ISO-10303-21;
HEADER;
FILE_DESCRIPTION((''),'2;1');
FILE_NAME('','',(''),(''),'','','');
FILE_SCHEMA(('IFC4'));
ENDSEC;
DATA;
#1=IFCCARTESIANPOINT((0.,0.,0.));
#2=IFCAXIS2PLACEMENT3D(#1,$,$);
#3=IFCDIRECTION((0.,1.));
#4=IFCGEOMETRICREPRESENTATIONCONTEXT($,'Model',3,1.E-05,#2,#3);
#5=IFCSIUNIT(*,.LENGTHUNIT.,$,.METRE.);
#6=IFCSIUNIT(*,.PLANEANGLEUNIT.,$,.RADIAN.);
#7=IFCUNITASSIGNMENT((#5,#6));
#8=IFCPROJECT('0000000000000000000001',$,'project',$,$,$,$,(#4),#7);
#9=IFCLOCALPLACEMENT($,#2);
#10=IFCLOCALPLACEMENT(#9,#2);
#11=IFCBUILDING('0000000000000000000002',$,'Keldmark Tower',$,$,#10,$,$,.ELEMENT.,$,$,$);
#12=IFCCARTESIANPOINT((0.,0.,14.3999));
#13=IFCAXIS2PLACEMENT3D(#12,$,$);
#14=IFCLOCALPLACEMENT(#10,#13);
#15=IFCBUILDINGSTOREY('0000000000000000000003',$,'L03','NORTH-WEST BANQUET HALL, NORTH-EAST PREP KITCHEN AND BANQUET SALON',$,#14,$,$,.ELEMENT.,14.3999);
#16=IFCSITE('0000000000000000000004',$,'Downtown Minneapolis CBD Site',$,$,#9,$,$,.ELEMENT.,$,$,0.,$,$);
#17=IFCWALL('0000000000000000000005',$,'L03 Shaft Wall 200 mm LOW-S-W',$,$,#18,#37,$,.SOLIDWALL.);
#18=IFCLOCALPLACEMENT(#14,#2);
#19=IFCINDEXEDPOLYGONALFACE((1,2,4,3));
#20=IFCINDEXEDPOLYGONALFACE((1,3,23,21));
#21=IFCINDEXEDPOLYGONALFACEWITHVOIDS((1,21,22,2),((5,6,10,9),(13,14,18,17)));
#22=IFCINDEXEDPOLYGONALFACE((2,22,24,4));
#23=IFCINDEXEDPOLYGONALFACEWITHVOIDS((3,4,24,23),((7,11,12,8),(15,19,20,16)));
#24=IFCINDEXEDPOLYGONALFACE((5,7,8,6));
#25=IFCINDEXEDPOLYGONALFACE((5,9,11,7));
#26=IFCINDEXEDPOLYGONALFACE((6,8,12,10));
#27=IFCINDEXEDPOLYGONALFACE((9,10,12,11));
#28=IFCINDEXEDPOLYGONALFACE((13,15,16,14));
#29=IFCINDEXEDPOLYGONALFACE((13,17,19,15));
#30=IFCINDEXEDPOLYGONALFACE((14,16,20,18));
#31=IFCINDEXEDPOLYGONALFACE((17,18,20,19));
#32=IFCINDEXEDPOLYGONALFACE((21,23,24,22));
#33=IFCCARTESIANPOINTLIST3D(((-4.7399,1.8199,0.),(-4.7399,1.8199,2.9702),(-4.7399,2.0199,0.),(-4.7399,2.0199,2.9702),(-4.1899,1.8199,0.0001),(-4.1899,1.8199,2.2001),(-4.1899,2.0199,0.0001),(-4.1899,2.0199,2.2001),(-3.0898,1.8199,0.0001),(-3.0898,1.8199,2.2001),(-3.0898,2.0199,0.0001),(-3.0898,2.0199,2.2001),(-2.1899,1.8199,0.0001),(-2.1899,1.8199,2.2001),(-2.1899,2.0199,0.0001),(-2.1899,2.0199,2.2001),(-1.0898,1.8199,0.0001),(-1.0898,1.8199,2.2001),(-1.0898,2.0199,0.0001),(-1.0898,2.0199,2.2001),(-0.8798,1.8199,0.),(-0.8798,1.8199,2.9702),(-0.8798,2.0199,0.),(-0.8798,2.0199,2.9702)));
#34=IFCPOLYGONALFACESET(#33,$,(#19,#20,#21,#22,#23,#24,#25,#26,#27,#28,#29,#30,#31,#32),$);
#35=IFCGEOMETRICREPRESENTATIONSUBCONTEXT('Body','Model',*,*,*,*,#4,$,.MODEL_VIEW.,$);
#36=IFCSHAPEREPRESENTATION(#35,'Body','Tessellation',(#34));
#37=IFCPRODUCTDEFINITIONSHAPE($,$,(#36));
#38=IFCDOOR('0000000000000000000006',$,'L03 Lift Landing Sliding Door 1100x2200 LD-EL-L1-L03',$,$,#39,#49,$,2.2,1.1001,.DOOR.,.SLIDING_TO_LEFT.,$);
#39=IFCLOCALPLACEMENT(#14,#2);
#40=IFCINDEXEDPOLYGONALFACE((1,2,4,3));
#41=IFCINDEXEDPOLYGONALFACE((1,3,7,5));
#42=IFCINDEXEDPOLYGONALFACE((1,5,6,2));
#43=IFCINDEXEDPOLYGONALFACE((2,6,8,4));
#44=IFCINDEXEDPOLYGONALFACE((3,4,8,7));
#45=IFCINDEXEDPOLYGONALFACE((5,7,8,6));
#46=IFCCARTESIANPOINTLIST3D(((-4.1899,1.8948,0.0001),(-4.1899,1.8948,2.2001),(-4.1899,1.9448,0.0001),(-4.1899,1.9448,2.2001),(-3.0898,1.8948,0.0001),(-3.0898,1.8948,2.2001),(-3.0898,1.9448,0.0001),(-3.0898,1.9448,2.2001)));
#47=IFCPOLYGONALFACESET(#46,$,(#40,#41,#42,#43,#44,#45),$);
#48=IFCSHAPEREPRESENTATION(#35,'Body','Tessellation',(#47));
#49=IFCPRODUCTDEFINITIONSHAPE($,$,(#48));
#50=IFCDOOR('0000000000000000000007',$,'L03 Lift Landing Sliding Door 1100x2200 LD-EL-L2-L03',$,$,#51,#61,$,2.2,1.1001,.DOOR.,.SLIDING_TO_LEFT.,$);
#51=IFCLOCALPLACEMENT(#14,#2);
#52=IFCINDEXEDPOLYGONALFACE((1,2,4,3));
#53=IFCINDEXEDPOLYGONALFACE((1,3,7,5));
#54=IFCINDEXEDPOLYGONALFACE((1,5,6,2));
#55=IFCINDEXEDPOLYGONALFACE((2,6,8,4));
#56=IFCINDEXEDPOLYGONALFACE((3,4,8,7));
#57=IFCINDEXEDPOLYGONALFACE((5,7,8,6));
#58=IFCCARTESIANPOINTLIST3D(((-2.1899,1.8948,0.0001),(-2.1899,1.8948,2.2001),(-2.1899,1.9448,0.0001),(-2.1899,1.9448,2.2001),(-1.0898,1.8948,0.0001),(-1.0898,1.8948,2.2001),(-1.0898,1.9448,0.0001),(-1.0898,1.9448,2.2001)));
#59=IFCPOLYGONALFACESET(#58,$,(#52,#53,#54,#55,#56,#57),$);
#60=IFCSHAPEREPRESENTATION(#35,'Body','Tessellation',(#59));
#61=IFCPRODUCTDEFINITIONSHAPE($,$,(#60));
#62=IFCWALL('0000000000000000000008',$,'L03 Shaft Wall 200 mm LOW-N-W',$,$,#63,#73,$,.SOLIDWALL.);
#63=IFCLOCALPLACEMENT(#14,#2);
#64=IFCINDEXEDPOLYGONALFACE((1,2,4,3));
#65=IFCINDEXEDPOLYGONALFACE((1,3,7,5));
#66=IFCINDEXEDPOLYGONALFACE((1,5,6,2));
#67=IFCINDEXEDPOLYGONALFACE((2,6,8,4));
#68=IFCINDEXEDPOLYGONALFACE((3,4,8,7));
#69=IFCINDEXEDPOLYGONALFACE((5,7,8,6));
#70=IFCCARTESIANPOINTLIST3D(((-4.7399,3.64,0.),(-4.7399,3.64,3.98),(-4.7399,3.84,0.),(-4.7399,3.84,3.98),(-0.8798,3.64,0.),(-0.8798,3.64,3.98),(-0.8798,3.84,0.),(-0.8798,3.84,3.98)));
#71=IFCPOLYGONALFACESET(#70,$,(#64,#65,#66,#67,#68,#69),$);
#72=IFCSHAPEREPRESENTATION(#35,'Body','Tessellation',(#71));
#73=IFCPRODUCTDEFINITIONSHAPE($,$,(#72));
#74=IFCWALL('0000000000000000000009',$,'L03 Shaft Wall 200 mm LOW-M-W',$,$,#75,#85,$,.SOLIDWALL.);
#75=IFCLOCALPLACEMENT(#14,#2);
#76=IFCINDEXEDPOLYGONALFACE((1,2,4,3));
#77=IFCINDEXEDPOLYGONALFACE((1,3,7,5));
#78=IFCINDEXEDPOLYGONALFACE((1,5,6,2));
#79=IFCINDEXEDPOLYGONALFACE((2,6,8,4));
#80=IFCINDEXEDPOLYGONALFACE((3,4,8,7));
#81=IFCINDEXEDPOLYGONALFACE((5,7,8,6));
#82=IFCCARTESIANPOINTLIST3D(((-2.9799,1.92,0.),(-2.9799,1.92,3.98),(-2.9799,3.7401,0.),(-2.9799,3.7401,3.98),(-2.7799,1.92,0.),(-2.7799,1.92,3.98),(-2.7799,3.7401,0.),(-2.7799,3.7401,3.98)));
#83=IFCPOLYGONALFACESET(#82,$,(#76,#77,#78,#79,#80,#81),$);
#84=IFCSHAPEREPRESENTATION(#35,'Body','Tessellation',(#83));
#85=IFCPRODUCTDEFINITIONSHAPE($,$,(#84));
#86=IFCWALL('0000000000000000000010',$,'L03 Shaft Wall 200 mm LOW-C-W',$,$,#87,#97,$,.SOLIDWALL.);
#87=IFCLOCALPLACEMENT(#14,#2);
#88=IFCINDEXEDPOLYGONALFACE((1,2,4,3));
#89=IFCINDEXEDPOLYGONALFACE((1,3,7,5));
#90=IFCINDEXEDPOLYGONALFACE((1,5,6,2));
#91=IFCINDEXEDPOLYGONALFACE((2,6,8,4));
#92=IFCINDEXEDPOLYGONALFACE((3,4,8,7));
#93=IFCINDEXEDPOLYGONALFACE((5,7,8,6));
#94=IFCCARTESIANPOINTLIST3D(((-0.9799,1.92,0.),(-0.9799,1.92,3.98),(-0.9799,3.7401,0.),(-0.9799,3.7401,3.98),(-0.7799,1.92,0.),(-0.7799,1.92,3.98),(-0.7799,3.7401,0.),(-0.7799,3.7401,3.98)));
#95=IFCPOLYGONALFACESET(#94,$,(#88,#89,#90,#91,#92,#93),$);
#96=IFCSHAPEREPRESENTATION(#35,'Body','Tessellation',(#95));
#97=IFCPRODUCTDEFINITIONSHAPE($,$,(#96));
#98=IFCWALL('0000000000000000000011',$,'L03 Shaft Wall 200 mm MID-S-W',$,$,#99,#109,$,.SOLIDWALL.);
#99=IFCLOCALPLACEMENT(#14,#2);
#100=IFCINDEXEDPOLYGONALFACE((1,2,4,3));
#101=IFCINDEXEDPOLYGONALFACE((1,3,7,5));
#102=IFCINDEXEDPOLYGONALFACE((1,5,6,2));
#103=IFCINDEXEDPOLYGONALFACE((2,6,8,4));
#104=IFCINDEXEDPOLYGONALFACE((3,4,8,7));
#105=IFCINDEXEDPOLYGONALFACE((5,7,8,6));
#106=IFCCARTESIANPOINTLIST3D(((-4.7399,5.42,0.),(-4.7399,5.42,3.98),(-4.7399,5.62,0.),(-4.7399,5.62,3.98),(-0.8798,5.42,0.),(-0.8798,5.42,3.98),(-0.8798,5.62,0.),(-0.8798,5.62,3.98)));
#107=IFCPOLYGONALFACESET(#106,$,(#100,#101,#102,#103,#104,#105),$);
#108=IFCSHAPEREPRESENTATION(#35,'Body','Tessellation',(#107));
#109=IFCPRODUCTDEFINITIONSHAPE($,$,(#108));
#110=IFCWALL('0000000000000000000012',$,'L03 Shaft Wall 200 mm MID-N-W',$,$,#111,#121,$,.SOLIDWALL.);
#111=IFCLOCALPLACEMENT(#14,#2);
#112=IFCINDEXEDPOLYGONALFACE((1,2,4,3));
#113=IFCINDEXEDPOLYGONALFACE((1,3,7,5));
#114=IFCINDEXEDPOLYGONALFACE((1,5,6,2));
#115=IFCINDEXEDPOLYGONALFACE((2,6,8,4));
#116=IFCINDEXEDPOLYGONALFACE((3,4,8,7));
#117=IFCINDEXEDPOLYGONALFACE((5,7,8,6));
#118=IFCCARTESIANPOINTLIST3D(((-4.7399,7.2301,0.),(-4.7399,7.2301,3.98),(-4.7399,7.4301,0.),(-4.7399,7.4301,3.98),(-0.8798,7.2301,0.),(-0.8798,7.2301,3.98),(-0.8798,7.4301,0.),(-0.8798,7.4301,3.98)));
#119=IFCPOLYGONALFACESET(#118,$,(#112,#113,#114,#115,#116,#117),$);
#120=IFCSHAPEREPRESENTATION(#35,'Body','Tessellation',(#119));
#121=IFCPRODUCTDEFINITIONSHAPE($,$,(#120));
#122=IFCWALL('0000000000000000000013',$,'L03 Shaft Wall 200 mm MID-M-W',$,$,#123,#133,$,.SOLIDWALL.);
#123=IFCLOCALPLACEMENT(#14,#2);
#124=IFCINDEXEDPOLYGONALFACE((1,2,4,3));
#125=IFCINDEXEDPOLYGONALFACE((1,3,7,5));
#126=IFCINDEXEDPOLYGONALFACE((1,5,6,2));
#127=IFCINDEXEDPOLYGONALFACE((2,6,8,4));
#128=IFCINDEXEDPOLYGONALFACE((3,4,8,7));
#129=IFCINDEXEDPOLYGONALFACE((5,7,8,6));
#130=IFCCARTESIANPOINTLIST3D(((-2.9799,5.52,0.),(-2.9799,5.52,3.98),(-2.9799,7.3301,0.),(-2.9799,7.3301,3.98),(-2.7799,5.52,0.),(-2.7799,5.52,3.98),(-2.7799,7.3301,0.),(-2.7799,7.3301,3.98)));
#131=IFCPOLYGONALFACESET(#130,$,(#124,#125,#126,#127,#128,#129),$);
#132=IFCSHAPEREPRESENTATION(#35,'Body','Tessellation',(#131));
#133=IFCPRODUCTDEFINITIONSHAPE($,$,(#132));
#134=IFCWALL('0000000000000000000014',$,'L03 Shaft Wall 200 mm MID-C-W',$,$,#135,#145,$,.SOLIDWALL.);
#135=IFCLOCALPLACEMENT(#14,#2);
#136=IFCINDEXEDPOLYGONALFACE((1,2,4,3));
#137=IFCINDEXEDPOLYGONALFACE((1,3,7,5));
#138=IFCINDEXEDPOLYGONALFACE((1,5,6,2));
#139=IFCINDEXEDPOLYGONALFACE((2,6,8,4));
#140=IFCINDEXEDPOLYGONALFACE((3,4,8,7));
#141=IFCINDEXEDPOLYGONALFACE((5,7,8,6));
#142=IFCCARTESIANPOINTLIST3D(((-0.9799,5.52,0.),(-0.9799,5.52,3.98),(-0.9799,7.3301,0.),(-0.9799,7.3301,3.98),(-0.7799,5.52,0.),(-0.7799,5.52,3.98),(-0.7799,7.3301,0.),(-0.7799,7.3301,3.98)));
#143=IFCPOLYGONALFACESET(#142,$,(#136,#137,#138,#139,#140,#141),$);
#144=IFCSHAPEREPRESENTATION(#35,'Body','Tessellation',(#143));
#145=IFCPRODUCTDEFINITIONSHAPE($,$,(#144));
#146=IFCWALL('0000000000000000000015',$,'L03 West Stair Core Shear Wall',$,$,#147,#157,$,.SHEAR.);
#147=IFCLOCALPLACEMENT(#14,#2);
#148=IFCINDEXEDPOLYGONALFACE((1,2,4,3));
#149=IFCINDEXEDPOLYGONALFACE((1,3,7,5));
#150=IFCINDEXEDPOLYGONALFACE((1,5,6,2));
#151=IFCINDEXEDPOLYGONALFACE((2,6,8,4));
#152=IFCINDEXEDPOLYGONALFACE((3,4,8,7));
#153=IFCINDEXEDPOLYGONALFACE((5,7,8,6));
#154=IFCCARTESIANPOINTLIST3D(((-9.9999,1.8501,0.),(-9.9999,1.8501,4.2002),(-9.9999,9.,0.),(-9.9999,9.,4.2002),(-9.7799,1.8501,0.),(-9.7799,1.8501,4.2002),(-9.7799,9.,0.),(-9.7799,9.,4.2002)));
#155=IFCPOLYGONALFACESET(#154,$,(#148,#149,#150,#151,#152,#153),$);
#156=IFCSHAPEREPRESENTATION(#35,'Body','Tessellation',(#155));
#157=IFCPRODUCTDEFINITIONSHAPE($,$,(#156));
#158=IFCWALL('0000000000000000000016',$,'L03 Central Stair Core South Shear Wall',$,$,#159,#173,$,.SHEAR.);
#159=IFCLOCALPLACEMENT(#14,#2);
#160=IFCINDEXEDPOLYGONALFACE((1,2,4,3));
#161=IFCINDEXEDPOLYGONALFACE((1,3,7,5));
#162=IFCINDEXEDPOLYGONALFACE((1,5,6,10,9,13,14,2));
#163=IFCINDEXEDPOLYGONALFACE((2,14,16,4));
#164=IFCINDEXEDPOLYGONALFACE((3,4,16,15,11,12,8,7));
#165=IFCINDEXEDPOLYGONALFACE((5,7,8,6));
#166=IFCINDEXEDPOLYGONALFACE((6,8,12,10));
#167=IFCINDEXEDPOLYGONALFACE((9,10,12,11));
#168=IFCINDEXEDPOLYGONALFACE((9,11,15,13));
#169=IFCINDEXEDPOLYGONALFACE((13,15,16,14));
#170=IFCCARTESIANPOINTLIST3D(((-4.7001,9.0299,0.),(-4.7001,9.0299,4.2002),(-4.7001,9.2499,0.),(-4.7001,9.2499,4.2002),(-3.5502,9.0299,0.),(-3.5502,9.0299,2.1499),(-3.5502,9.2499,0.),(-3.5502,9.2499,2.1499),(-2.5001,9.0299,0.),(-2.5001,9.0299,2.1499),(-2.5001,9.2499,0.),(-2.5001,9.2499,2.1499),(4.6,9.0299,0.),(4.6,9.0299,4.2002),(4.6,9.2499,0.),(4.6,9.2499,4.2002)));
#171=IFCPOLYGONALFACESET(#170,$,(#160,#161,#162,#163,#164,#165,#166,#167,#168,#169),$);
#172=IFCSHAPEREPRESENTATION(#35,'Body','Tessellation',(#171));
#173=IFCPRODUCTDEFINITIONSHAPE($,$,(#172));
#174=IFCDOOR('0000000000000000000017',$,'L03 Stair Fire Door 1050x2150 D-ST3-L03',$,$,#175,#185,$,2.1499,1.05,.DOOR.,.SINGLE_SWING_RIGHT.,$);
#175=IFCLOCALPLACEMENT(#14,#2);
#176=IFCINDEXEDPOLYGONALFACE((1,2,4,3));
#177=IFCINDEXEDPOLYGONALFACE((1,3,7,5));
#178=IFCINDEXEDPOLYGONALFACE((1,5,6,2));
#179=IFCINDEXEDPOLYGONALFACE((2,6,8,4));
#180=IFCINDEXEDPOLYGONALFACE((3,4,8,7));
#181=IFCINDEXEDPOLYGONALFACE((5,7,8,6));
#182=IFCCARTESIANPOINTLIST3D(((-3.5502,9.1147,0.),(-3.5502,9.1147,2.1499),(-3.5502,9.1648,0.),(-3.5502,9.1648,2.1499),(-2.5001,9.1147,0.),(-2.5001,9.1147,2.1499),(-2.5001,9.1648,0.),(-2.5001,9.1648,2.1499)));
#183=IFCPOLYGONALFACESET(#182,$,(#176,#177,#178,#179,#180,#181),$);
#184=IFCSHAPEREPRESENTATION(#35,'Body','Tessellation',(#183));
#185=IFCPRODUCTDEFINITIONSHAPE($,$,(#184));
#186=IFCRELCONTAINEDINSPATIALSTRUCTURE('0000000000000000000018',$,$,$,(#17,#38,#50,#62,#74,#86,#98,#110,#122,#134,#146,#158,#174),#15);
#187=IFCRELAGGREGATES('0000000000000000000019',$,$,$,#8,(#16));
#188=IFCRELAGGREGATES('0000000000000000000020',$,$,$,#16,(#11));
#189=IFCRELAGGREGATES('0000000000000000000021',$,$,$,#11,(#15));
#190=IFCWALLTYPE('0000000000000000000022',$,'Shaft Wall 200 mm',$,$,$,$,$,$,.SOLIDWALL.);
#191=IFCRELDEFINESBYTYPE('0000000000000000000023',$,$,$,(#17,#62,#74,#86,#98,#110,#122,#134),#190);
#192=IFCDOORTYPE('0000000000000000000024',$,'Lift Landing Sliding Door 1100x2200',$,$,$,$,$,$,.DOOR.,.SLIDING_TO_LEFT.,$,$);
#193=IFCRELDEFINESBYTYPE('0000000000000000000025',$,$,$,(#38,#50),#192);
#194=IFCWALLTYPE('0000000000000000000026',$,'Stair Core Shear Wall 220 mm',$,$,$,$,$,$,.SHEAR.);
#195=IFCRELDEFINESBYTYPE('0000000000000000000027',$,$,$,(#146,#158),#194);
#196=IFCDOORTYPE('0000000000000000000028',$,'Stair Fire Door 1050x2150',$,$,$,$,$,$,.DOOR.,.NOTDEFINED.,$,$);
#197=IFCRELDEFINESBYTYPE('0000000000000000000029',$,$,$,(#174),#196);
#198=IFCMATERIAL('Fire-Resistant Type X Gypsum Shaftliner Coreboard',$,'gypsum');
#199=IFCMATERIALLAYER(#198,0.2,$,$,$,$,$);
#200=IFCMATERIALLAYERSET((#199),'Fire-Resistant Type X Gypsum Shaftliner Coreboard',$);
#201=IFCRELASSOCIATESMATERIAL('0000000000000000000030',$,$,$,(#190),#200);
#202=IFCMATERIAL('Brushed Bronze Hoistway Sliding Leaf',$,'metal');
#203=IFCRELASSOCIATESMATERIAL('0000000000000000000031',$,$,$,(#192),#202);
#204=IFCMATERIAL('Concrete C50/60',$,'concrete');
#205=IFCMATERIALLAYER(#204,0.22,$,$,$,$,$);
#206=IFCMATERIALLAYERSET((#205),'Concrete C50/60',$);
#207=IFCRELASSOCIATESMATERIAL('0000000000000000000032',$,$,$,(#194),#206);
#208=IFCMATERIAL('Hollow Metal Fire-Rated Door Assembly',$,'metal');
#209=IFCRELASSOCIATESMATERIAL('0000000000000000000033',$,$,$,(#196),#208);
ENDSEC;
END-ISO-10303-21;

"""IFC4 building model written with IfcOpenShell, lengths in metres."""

from ifc_helpers import new_model, si_unit, direction, frame, frame_2d, origin, place, context, subcontext, project, spatial, rectangle, extrude, material, layer, layer_set, type_object, element, fill, save


model = new_model("IFC4")

# Units and contexts
model_context = context("Model", 3, precision=1e-05, world=origin(), true_north=direction((0.0, 1.0)))
body_context = subcontext(model_context, "Body", "Model", "MODEL_VIEW")
ifc_project = project(units=[si_unit("LENGTHUNIT", "METRE"), si_unit("PLANEANGLEUNIT", "RADIAN")], contexts=[model_context])

# Site, building, storey
site_placement = place(None, origin())
site = spatial("IfcSite", under=ifc_project, at=site_placement, Name="Downtown Minneapolis CBD Site", CompositionType="ELEMENT", RefElevation=0.0)
building_placement = place(site_placement, origin())
building = spatial("IfcBuilding", under=site, at=building_placement, Name="Keldmark Tower", CompositionType="ELEMENT")
storey_placement = place(building_placement, frame((0.0, 0.0, 14.3999)))
storey = spatial("IfcBuildingStorey", under=building, at=storey_placement, Name="L03", Description="NORTH-WEST BANQUET HALL, NORTH-EAST PREP KITCHEN AND BANQUET SALON", CompositionType="ELEMENT", Elevation=14.3999)

# Shared definitions
ifc_material_1 = material(Name="Fire-Resistant Type X Gypsum Shaftliner Coreboard", Category="gypsum")
ifc_layer_1 = layer(ifc_material_1, 0.2)
ifc_layer_set_1 = layer_set([ifc_layer_1], Name="Fire-Resistant Type X Gypsum Shaftliner Coreboard")
wall_type_1 = type_object("IfcWallType", Name="Shaft Wall 200 mm", PredefinedType="SOLIDWALL", material=ifc_layer_set_1)

# Wall, openings, doors
wall_1_placement = place(storey_placement, frame((-4.74, 1.9199, 0.0), z_axis=(0.0, 0.0, 1.0), x_axis=(1.0, 0.0, 0.0)))
wall_1 = element("IfcWall", 1, at=wall_1_placement, inside=storey, type_object=wall_type_1, Name="L03 Shaft Wall 200 mm LOW-S-W", PredefinedType="SOLIDWALL", context=body_context, shape_type="SweptSolid", body=[
    extrude(rectangle(XDim=3.8601, YDim=0.2, at=frame_2d((1.9302, 0.0))), origin(), (0.0, 0.0, 1.0), 2.9702),
])
opening_1_placement = place(wall_1_placement, frame((0.55, 0.0, 0.0)))
opening_1 = element("IfcOpeningElement", 2, at=opening_1_placement, cuts=wall_1, PredefinedType="OPENING", context=body_context, shape_type="SweptSolid", body=[
    extrude(rectangle(XDim=1.1001, YDim=2.2, at=frame_2d((0.55, 1.1001))), frame((0.0, 0.1099, 0.0), z_axis=(0.0, -1.0, 0.0), x_axis=(1.0, 0.0, 0.0)), (0.0, 0.0, 1.0), 0.22),
])
opening_2_placement = place(wall_1_placement, frame((2.55, 0.0, 0.0)))
opening_2 = element("IfcOpeningElement", 3, at=opening_2_placement, cuts=wall_1, PredefinedType="OPENING", context=body_context, shape_type="SweptSolid", body=[
    extrude(rectangle(XDim=1.1001, YDim=2.2, at=frame_2d((0.55, 1.1001))), frame((0.0, 0.1099, 0.0), z_axis=(0.0, -1.0, 0.0), x_axis=(1.0, 0.0, 0.0)), (0.0, 0.0, 1.0), 0.22),
])
ifc_material_2 = material(Name="Brushed Bronze Hoistway Sliding Leaf", Category="metal")
door_type_1 = type_object("IfcDoorType", Name="Lift Landing Sliding Door 1100x2200", OperationType="SLIDING_TO_LEFT", PredefinedType="DOOR", material=ifc_material_2)
door_1_placement = place(opening_1_placement, origin())
door_1 = element("IfcDoor", 4, at=door_1_placement, inside=storey, type_object=door_type_1, Name="L03 Lift Landing Sliding Door 1100x2200 LD-EL-L1-L03", OperationType="SLIDING_TO_LEFT", OverallHeight=2.2, OverallWidth=1.1001, PredefinedType="DOOR", context=body_context, shape_type="SweptSolid", body=[
    extrude(rectangle(XDim=1.1001, YDim=2.2, at=frame_2d((0.55, 1.1001))), frame((0.0, 0.0249, 0.0), z_axis=(0.0, -1.0, 0.0), x_axis=(1.0, 0.0, 0.0)), (0.0, 0.0, 1.0), 0.05),
])
fill(opening_1, door_1)
door_2_placement = place(opening_2_placement, origin())
door_2 = element("IfcDoor", 5, at=door_2_placement, inside=storey, type_object=door_type_1, Name="L03 Lift Landing Sliding Door 1100x2200 LD-EL-L2-L03", OperationType="SLIDING_TO_LEFT", OverallHeight=2.2, OverallWidth=1.1001, PredefinedType="DOOR", context=body_context, shape_type="SweptSolid", body=[
    extrude(rectangle(XDim=1.1001, YDim=2.2, at=frame_2d((0.55, 1.1001))), frame((0.0, 0.0249, 0.0), z_axis=(0.0, -1.0, 0.0), x_axis=(1.0, 0.0, 0.0)), (0.0, 0.0, 1.0), 0.05),
])
fill(opening_2, door_2)

# Walls
wall_2_placement = place(storey_placement, frame((-4.74, 3.74, 0.0), z_axis=(0.0, 0.0, 1.0), x_axis=(1.0, 0.0, 0.0)))
element("IfcWall", 6, at=wall_2_placement, inside=storey, type_object=wall_type_1, Name="L03 Shaft Wall 200 mm LOW-N-W", PredefinedType="SOLIDWALL", context=body_context, shape_type="SweptSolid", body=[
    extrude(rectangle(XDim=3.8601, YDim=0.2, at=frame_2d((1.9302, 0.0))), origin(), (0.0, 0.0, 1.0), 3.98),
])
for number, where, z_axis, x_axis, name in (
    (7, (-2.8799, 1.9199, 0.0), (0.0, 0.0, 1.0), (0.0, 1.0, 0.0), "L03 Shaft Wall 200 mm LOW-M-W"),
    (8, (-0.8799, 1.9199, 0.0), (0.0, 0.0, 1.0), (0.0, 1.0, 0.0), "L03 Shaft Wall 200 mm LOW-C-W"),
):
    element("IfcWall", number, at=place(storey_placement, frame(where, z_axis=z_axis, x_axis=x_axis)), inside=storey, type_object=wall_type_1, Name=name, PredefinedType="SOLIDWALL", context=body_context, shape_type="SweptSolid", body=[
        extrude(rectangle(XDim=1.8201, YDim=0.2, at=frame_2d((0.9102, 0.0))), origin(), (0.0, 0.0, 1.0), 3.98),
    ])
for number, where, z_axis, x_axis, name in (
    (9, (-4.74, 5.52, 0.0), (0.0, 0.0, 1.0), (1.0, 0.0, 0.0), "L03 Shaft Wall 200 mm MID-S-W"),
    (10, (-4.74, 7.3301, 0.0), (0.0, 0.0, 1.0), (1.0, 0.0, 0.0), "L03 Shaft Wall 200 mm MID-N-W"),
):
    element("IfcWall", number, at=place(storey_placement, frame(where, z_axis=z_axis, x_axis=x_axis)), inside=storey, type_object=wall_type_1, Name=name, PredefinedType="SOLIDWALL", context=body_context, shape_type="SweptSolid", body=[
        extrude(rectangle(XDim=3.8601, YDim=0.2, at=frame_2d((1.9302, 0.0))), origin(), (0.0, 0.0, 1.0), 3.98),
    ])
for number, where, z_axis, x_axis, name in (
    (11, (-2.8799, 5.52, 0.0), (0.0, 0.0, 1.0), (0.0, 1.0, 0.0), "L03 Shaft Wall 200 mm MID-M-W"),
    (12, (-0.8799, 5.52, 0.0), (0.0, 0.0, 1.0), (0.0, 1.0, 0.0), "L03 Shaft Wall 200 mm MID-C-W"),
):
    element("IfcWall", number, at=place(storey_placement, frame(where, z_axis=z_axis, x_axis=x_axis)), inside=storey, type_object=wall_type_1, Name=name, PredefinedType="SOLIDWALL", context=body_context, shape_type="SweptSolid", body=[
        extrude(rectangle(XDim=1.8101, YDim=0.2, at=frame_2d((0.905, 0.0))), origin(), (0.0, 0.0, 1.0), 3.98),
    ])
ifc_material_3 = material(Name="Concrete C50/60", Category="concrete")
ifc_layer_2 = layer(ifc_material_3, 0.22)
ifc_layer_set_2 = layer_set([ifc_layer_2], Name="Concrete C50/60")
wall_type_2 = type_object("IfcWallType", Name="Stair Core Shear Wall 220 mm", PredefinedType="SHEAR", material=ifc_layer_set_2)
wall_3_placement = place(storey_placement, frame((-9.8899, 1.8501, 0.0), z_axis=(0.0, 0.0, 1.0), x_axis=(0.0, 1.0, 0.0)))
element("IfcWall", 13, at=wall_3_placement, inside=storey, type_object=wall_type_2, Name="L03 West Stair Core Shear Wall", PredefinedType="SHEAR", context=body_context, shape_type="SweptSolid", body=[
    extrude(rectangle(XDim=7.1499, YDim=0.22, at=frame_2d((3.575, 0.0))), origin(), (0.0, 0.0, 1.0), 4.2002),
])

# Wall, opening, door
wall_4_placement = place(storey_placement, frame((-4.7, 9.1399, 0.0), z_axis=(0.0, 0.0, 1.0), x_axis=(1.0, 0.0, 0.0)))
wall_4 = element("IfcWall", 14, at=wall_4_placement, inside=storey, type_object=wall_type_2, Name="L03 Central Stair Core South Shear Wall", PredefinedType="SHEAR", context=body_context, shape_type="SweptSolid", body=[
    extrude(rectangle(XDim=9.3, YDim=0.22, at=frame_2d((4.6499, 0.0))), origin(), (0.0, 0.0, 1.0), 4.2002),
])
opening_3_placement = place(wall_4_placement, frame((1.1499, 0.0, 0.0)))
opening_3 = element("IfcOpeningElement", 15, at=opening_3_placement, cuts=wall_4, PredefinedType="OPENING", context=body_context, shape_type="SweptSolid", body=[
    extrude(rectangle(XDim=1.05, YDim=2.1499, at=frame_2d((0.5249, 1.075))), frame((0.0, 0.1199, 0.0), z_axis=(0.0, -1.0, 0.0), x_axis=(1.0, 0.0, 0.0)), (0.0, 0.0, 1.0), 0.24),
])
ifc_material_4 = material(Name="Hollow Metal Fire-Rated Door Assembly", Category="metal")
door_type_2 = type_object("IfcDoorType", Name="Stair Fire Door 1050x2150", OperationType="NOTDEFINED", PredefinedType="DOOR", material=ifc_material_4)
door_3_placement = place(opening_3_placement, origin())
door_3 = element("IfcDoor", 16, at=door_3_placement, inside=storey, type_object=door_type_2, Name="L03 Stair Fire Door 1050x2150 D-ST3-L03", OperationType="SINGLE_SWING_RIGHT", OverallHeight=2.1499, OverallWidth=1.05, PredefinedType="DOOR", context=body_context, shape_type="SweptSolid", body=[
    extrude(rectangle(XDim=1.05, YDim=2.1499, at=frame_2d((0.5249, 1.075))), frame((0.0, 0.0249, 0.0), z_axis=(0.0, -1.0, 0.0), x_axis=(1.0, 0.0, 0.0)), (0.0, 0.0, 1.0), 0.05),
])
fill(opening_3, door_3)

save(model, "model.ifc")
